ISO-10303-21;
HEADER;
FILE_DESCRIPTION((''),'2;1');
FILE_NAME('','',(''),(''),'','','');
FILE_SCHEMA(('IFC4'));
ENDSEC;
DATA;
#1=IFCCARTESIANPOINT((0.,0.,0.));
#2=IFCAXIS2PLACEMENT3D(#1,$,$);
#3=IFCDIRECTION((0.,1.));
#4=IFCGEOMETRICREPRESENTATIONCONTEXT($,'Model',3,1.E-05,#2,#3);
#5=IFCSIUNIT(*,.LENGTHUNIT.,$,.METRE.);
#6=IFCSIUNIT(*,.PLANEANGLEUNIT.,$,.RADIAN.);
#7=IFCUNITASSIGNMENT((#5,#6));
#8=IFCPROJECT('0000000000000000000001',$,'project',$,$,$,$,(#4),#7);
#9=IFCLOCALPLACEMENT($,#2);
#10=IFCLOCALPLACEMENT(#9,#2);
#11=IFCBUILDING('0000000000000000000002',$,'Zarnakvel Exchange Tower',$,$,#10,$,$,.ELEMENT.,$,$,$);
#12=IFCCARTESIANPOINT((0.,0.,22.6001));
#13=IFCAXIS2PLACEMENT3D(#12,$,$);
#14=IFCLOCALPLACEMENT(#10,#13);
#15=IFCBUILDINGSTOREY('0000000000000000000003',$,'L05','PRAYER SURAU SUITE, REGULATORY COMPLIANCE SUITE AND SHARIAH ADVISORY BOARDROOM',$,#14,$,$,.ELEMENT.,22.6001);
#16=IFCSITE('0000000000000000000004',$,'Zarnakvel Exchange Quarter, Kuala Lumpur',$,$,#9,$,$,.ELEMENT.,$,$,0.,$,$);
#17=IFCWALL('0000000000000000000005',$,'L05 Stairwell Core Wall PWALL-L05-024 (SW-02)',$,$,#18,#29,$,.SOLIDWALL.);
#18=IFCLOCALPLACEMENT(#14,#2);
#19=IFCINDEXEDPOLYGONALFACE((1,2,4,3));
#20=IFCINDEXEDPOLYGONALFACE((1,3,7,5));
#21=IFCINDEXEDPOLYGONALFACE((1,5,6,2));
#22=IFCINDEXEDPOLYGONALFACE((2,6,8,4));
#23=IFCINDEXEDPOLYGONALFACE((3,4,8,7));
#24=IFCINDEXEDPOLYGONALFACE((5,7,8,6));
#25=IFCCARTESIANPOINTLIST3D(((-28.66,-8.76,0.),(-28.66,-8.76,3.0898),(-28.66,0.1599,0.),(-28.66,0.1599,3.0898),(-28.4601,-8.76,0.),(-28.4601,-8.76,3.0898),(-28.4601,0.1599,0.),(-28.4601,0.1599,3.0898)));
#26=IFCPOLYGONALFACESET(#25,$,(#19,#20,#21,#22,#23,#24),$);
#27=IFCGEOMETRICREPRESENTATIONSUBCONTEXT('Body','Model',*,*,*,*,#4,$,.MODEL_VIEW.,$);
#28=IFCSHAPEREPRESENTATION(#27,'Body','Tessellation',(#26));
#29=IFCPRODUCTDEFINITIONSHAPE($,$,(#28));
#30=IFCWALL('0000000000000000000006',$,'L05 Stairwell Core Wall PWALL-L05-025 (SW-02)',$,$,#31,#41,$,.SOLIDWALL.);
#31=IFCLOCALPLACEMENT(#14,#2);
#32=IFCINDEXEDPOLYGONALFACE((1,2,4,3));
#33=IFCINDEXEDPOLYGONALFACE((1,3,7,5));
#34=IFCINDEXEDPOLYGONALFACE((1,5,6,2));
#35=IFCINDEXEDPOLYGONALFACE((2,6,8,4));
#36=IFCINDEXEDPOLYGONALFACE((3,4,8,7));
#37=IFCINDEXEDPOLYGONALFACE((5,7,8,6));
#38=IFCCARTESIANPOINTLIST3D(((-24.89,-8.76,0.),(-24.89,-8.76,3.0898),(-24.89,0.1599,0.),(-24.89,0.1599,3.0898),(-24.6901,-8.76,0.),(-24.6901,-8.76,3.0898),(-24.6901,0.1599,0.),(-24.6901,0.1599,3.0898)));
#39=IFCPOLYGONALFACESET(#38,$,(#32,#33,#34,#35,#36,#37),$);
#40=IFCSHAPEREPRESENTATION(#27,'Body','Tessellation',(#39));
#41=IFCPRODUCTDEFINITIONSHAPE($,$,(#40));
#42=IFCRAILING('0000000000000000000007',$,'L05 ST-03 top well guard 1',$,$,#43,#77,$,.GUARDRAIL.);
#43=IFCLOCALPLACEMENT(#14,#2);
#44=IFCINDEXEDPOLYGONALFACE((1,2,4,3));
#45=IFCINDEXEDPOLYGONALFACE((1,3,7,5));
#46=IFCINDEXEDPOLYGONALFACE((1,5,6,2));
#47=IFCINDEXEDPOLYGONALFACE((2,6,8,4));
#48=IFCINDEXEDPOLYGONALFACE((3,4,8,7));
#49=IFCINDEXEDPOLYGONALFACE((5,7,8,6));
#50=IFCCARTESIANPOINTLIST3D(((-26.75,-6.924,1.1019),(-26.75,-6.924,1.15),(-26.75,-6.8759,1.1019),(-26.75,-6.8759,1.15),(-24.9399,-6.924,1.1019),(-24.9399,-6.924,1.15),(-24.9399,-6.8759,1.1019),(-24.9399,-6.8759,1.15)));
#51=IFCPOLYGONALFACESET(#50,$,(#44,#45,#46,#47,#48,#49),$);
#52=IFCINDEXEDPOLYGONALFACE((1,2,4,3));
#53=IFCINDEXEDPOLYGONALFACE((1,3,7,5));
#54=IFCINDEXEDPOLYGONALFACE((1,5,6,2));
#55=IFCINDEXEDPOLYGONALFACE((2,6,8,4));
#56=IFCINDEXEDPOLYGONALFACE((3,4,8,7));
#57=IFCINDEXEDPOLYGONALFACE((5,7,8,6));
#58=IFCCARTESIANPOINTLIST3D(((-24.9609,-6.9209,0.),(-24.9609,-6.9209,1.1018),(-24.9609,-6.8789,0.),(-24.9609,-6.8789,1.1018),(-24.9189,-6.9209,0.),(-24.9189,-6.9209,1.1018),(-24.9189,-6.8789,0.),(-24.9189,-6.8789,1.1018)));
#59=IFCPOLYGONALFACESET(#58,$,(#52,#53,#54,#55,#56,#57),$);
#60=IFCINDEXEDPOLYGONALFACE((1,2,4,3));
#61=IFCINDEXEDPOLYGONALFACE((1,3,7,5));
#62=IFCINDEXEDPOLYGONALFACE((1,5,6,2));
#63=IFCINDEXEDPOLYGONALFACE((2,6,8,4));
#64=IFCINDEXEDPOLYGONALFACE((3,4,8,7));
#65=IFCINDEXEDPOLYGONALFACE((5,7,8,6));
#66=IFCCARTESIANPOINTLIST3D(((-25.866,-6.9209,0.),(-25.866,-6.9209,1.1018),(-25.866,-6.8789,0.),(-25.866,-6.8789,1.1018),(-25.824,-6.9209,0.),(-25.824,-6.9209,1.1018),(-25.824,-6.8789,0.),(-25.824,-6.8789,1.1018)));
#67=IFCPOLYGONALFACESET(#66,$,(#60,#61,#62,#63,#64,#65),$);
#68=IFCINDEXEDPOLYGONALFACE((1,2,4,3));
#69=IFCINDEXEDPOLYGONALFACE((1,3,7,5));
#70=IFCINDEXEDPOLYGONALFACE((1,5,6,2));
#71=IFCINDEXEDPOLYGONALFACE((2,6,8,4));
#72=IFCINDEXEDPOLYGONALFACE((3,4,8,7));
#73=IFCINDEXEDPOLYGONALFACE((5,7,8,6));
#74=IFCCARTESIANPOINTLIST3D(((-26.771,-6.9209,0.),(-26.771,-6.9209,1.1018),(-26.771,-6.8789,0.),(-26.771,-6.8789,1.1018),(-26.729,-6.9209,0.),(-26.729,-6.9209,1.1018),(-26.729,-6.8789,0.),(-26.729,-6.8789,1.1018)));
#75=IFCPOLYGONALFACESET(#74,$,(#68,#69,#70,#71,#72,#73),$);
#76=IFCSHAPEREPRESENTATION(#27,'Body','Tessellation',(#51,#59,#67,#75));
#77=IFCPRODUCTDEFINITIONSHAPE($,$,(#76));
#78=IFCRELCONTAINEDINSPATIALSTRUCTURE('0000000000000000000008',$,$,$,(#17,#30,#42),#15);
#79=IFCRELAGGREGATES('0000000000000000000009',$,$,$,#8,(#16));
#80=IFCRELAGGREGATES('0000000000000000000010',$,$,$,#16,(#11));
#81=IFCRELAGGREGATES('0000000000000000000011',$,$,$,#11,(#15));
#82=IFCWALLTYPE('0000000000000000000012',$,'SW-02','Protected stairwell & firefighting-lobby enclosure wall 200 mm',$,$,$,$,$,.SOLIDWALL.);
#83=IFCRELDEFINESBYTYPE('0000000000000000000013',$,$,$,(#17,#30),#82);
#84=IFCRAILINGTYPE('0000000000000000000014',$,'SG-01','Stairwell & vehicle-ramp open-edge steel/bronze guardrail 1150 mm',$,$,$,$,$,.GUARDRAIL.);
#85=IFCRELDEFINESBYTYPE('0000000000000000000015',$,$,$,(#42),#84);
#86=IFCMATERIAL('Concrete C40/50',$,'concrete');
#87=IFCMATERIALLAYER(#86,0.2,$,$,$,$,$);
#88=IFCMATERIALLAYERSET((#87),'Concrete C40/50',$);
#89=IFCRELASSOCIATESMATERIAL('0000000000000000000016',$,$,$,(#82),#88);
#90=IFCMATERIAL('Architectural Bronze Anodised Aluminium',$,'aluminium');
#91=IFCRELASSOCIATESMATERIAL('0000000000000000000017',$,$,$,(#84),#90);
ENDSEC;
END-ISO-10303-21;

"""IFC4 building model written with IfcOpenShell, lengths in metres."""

from ifc_helpers import new_model, si_unit, direction, frame, frame_2d, origin, origin_2d, place, context, subcontext, project, spatial, rectangle, extrude, material, layer, layer_set, type_object, element, save


model = new_model("IFC4")

# Units and contexts
model_context = context("Model", 3, precision=1e-05, world=origin(), true_north=direction((0.0, 1.0)))
body_context = subcontext(model_context, "Body", "Model", "MODEL_VIEW")
ifc_project = project(units=[si_unit("LENGTHUNIT", "METRE"), si_unit("PLANEANGLEUNIT", "RADIAN")], contexts=[model_context])

# Site, building, storey
site_placement = place(None, origin())
site = spatial("IfcSite", under=ifc_project, at=site_placement, Name="Zarnakvel Exchange Quarter, Kuala Lumpur", CompositionType="ELEMENT", RefElevation=0.0)
building_placement = place(site_placement, origin())
building = spatial("IfcBuilding", under=site, at=building_placement, Name="Zarnakvel Exchange Tower", CompositionType="ELEMENT")
storey_placement = place(building_placement, frame((0.0, 0.0, 22.6001)))
storey = spatial("IfcBuildingStorey", under=building, at=storey_placement, Name="L05", Description="PRAYER SURAU SUITE, REGULATORY COMPLIANCE SUITE AND SHARIAH ADVISORY BOARDROOM", CompositionType="ELEMENT", Elevation=22.6001)

# Shared definitions
ifc_material_1 = material(Name="Concrete C40/50", Category="concrete")
ifc_layer_1 = layer(ifc_material_1, 0.2)
ifc_layer_set_1 = layer_set([ifc_layer_1], Name="Concrete C40/50")
wall_type_1 = type_object("IfcWallType", Name="SW-02", Description="Protected stairwell & firefighting-lobby enclosure wall 200 mm", PredefinedType="SOLIDWALL", material=ifc_layer_set_1)

# Walls
for number, where, z_axis, x_axis, name in (
    (1, (-28.5601, -8.76, 0.0), (0.0, 0.0, 1.0), (0.0, 1.0, 0.0), "L05 Stairwell Core Wall PWALL-L05-024 (SW-02)"),
    (2, (-24.79, 0.1599, 0.0), (0.0, 0.0, 1.0), (0.0, -1.0, 0.0), "L05 Stairwell Core Wall PWALL-L05-025 (SW-02)"),
):
    element("IfcWall", number, at=place(storey_placement, frame(where, z_axis=z_axis, x_axis=x_axis)), inside=storey, type_object=wall_type_1, Name=name, PredefinedType="SOLIDWALL", context=body_context, shape_type="SweptSolid", body=[
        extrude(rectangle(XDim=8.9199, YDim=0.2, at=frame_2d((4.46, 0.0))), origin(), (0.0, 0.0, 1.0), 3.0898),
    ])

# Railing
ifc_material_2 = material(Name="Architectural Bronze Anodised Aluminium", Category="aluminium")
railing_type = type_object("IfcRailingType", Name="SG-01", Description="Stairwell & vehicle-ramp open-edge steel/bronze guardrail 1150 mm", PredefinedType="GUARDRAIL", material=ifc_material_2)
railing_placement = place(storey_placement, frame((-24.9399, -6.8999, 0.0)))
element("IfcRailing", 3, at=railing_placement, inside=storey, type_object=railing_type, Name="L05 ST-03 top well guard 1", PredefinedType="GUARDRAIL", context=body_context, shape_type="SweptSolid", body=[
    extrude(rectangle(XDim=0.0481, YDim=0.0481, at=origin_2d()), frame((0.0, 0.0, 1.126), z_axis=(-1.0, 0.0, 0.0), x_axis=(0.0, -1.0, 0.0)), (0.0, 0.0, 1.0), 1.8101),
    extrude(rectangle(XDim=0.042, YDim=0.042, at=origin_2d()), origin(), (0.0, 0.0, 1.0), 1.1018),
    extrude(rectangle(XDim=0.042, YDim=0.042, at=origin_2d()), frame((-0.905, 0.0, 0.0)), (0.0, 0.0, 1.0), 1.1018),
    extrude(rectangle(XDim=0.042, YDim=0.042, at=origin_2d()), frame((-1.8101, 0.0, 0.0)), (0.0, 0.0, 1.0), 1.1018),
])

save(model, "model.ifc")
